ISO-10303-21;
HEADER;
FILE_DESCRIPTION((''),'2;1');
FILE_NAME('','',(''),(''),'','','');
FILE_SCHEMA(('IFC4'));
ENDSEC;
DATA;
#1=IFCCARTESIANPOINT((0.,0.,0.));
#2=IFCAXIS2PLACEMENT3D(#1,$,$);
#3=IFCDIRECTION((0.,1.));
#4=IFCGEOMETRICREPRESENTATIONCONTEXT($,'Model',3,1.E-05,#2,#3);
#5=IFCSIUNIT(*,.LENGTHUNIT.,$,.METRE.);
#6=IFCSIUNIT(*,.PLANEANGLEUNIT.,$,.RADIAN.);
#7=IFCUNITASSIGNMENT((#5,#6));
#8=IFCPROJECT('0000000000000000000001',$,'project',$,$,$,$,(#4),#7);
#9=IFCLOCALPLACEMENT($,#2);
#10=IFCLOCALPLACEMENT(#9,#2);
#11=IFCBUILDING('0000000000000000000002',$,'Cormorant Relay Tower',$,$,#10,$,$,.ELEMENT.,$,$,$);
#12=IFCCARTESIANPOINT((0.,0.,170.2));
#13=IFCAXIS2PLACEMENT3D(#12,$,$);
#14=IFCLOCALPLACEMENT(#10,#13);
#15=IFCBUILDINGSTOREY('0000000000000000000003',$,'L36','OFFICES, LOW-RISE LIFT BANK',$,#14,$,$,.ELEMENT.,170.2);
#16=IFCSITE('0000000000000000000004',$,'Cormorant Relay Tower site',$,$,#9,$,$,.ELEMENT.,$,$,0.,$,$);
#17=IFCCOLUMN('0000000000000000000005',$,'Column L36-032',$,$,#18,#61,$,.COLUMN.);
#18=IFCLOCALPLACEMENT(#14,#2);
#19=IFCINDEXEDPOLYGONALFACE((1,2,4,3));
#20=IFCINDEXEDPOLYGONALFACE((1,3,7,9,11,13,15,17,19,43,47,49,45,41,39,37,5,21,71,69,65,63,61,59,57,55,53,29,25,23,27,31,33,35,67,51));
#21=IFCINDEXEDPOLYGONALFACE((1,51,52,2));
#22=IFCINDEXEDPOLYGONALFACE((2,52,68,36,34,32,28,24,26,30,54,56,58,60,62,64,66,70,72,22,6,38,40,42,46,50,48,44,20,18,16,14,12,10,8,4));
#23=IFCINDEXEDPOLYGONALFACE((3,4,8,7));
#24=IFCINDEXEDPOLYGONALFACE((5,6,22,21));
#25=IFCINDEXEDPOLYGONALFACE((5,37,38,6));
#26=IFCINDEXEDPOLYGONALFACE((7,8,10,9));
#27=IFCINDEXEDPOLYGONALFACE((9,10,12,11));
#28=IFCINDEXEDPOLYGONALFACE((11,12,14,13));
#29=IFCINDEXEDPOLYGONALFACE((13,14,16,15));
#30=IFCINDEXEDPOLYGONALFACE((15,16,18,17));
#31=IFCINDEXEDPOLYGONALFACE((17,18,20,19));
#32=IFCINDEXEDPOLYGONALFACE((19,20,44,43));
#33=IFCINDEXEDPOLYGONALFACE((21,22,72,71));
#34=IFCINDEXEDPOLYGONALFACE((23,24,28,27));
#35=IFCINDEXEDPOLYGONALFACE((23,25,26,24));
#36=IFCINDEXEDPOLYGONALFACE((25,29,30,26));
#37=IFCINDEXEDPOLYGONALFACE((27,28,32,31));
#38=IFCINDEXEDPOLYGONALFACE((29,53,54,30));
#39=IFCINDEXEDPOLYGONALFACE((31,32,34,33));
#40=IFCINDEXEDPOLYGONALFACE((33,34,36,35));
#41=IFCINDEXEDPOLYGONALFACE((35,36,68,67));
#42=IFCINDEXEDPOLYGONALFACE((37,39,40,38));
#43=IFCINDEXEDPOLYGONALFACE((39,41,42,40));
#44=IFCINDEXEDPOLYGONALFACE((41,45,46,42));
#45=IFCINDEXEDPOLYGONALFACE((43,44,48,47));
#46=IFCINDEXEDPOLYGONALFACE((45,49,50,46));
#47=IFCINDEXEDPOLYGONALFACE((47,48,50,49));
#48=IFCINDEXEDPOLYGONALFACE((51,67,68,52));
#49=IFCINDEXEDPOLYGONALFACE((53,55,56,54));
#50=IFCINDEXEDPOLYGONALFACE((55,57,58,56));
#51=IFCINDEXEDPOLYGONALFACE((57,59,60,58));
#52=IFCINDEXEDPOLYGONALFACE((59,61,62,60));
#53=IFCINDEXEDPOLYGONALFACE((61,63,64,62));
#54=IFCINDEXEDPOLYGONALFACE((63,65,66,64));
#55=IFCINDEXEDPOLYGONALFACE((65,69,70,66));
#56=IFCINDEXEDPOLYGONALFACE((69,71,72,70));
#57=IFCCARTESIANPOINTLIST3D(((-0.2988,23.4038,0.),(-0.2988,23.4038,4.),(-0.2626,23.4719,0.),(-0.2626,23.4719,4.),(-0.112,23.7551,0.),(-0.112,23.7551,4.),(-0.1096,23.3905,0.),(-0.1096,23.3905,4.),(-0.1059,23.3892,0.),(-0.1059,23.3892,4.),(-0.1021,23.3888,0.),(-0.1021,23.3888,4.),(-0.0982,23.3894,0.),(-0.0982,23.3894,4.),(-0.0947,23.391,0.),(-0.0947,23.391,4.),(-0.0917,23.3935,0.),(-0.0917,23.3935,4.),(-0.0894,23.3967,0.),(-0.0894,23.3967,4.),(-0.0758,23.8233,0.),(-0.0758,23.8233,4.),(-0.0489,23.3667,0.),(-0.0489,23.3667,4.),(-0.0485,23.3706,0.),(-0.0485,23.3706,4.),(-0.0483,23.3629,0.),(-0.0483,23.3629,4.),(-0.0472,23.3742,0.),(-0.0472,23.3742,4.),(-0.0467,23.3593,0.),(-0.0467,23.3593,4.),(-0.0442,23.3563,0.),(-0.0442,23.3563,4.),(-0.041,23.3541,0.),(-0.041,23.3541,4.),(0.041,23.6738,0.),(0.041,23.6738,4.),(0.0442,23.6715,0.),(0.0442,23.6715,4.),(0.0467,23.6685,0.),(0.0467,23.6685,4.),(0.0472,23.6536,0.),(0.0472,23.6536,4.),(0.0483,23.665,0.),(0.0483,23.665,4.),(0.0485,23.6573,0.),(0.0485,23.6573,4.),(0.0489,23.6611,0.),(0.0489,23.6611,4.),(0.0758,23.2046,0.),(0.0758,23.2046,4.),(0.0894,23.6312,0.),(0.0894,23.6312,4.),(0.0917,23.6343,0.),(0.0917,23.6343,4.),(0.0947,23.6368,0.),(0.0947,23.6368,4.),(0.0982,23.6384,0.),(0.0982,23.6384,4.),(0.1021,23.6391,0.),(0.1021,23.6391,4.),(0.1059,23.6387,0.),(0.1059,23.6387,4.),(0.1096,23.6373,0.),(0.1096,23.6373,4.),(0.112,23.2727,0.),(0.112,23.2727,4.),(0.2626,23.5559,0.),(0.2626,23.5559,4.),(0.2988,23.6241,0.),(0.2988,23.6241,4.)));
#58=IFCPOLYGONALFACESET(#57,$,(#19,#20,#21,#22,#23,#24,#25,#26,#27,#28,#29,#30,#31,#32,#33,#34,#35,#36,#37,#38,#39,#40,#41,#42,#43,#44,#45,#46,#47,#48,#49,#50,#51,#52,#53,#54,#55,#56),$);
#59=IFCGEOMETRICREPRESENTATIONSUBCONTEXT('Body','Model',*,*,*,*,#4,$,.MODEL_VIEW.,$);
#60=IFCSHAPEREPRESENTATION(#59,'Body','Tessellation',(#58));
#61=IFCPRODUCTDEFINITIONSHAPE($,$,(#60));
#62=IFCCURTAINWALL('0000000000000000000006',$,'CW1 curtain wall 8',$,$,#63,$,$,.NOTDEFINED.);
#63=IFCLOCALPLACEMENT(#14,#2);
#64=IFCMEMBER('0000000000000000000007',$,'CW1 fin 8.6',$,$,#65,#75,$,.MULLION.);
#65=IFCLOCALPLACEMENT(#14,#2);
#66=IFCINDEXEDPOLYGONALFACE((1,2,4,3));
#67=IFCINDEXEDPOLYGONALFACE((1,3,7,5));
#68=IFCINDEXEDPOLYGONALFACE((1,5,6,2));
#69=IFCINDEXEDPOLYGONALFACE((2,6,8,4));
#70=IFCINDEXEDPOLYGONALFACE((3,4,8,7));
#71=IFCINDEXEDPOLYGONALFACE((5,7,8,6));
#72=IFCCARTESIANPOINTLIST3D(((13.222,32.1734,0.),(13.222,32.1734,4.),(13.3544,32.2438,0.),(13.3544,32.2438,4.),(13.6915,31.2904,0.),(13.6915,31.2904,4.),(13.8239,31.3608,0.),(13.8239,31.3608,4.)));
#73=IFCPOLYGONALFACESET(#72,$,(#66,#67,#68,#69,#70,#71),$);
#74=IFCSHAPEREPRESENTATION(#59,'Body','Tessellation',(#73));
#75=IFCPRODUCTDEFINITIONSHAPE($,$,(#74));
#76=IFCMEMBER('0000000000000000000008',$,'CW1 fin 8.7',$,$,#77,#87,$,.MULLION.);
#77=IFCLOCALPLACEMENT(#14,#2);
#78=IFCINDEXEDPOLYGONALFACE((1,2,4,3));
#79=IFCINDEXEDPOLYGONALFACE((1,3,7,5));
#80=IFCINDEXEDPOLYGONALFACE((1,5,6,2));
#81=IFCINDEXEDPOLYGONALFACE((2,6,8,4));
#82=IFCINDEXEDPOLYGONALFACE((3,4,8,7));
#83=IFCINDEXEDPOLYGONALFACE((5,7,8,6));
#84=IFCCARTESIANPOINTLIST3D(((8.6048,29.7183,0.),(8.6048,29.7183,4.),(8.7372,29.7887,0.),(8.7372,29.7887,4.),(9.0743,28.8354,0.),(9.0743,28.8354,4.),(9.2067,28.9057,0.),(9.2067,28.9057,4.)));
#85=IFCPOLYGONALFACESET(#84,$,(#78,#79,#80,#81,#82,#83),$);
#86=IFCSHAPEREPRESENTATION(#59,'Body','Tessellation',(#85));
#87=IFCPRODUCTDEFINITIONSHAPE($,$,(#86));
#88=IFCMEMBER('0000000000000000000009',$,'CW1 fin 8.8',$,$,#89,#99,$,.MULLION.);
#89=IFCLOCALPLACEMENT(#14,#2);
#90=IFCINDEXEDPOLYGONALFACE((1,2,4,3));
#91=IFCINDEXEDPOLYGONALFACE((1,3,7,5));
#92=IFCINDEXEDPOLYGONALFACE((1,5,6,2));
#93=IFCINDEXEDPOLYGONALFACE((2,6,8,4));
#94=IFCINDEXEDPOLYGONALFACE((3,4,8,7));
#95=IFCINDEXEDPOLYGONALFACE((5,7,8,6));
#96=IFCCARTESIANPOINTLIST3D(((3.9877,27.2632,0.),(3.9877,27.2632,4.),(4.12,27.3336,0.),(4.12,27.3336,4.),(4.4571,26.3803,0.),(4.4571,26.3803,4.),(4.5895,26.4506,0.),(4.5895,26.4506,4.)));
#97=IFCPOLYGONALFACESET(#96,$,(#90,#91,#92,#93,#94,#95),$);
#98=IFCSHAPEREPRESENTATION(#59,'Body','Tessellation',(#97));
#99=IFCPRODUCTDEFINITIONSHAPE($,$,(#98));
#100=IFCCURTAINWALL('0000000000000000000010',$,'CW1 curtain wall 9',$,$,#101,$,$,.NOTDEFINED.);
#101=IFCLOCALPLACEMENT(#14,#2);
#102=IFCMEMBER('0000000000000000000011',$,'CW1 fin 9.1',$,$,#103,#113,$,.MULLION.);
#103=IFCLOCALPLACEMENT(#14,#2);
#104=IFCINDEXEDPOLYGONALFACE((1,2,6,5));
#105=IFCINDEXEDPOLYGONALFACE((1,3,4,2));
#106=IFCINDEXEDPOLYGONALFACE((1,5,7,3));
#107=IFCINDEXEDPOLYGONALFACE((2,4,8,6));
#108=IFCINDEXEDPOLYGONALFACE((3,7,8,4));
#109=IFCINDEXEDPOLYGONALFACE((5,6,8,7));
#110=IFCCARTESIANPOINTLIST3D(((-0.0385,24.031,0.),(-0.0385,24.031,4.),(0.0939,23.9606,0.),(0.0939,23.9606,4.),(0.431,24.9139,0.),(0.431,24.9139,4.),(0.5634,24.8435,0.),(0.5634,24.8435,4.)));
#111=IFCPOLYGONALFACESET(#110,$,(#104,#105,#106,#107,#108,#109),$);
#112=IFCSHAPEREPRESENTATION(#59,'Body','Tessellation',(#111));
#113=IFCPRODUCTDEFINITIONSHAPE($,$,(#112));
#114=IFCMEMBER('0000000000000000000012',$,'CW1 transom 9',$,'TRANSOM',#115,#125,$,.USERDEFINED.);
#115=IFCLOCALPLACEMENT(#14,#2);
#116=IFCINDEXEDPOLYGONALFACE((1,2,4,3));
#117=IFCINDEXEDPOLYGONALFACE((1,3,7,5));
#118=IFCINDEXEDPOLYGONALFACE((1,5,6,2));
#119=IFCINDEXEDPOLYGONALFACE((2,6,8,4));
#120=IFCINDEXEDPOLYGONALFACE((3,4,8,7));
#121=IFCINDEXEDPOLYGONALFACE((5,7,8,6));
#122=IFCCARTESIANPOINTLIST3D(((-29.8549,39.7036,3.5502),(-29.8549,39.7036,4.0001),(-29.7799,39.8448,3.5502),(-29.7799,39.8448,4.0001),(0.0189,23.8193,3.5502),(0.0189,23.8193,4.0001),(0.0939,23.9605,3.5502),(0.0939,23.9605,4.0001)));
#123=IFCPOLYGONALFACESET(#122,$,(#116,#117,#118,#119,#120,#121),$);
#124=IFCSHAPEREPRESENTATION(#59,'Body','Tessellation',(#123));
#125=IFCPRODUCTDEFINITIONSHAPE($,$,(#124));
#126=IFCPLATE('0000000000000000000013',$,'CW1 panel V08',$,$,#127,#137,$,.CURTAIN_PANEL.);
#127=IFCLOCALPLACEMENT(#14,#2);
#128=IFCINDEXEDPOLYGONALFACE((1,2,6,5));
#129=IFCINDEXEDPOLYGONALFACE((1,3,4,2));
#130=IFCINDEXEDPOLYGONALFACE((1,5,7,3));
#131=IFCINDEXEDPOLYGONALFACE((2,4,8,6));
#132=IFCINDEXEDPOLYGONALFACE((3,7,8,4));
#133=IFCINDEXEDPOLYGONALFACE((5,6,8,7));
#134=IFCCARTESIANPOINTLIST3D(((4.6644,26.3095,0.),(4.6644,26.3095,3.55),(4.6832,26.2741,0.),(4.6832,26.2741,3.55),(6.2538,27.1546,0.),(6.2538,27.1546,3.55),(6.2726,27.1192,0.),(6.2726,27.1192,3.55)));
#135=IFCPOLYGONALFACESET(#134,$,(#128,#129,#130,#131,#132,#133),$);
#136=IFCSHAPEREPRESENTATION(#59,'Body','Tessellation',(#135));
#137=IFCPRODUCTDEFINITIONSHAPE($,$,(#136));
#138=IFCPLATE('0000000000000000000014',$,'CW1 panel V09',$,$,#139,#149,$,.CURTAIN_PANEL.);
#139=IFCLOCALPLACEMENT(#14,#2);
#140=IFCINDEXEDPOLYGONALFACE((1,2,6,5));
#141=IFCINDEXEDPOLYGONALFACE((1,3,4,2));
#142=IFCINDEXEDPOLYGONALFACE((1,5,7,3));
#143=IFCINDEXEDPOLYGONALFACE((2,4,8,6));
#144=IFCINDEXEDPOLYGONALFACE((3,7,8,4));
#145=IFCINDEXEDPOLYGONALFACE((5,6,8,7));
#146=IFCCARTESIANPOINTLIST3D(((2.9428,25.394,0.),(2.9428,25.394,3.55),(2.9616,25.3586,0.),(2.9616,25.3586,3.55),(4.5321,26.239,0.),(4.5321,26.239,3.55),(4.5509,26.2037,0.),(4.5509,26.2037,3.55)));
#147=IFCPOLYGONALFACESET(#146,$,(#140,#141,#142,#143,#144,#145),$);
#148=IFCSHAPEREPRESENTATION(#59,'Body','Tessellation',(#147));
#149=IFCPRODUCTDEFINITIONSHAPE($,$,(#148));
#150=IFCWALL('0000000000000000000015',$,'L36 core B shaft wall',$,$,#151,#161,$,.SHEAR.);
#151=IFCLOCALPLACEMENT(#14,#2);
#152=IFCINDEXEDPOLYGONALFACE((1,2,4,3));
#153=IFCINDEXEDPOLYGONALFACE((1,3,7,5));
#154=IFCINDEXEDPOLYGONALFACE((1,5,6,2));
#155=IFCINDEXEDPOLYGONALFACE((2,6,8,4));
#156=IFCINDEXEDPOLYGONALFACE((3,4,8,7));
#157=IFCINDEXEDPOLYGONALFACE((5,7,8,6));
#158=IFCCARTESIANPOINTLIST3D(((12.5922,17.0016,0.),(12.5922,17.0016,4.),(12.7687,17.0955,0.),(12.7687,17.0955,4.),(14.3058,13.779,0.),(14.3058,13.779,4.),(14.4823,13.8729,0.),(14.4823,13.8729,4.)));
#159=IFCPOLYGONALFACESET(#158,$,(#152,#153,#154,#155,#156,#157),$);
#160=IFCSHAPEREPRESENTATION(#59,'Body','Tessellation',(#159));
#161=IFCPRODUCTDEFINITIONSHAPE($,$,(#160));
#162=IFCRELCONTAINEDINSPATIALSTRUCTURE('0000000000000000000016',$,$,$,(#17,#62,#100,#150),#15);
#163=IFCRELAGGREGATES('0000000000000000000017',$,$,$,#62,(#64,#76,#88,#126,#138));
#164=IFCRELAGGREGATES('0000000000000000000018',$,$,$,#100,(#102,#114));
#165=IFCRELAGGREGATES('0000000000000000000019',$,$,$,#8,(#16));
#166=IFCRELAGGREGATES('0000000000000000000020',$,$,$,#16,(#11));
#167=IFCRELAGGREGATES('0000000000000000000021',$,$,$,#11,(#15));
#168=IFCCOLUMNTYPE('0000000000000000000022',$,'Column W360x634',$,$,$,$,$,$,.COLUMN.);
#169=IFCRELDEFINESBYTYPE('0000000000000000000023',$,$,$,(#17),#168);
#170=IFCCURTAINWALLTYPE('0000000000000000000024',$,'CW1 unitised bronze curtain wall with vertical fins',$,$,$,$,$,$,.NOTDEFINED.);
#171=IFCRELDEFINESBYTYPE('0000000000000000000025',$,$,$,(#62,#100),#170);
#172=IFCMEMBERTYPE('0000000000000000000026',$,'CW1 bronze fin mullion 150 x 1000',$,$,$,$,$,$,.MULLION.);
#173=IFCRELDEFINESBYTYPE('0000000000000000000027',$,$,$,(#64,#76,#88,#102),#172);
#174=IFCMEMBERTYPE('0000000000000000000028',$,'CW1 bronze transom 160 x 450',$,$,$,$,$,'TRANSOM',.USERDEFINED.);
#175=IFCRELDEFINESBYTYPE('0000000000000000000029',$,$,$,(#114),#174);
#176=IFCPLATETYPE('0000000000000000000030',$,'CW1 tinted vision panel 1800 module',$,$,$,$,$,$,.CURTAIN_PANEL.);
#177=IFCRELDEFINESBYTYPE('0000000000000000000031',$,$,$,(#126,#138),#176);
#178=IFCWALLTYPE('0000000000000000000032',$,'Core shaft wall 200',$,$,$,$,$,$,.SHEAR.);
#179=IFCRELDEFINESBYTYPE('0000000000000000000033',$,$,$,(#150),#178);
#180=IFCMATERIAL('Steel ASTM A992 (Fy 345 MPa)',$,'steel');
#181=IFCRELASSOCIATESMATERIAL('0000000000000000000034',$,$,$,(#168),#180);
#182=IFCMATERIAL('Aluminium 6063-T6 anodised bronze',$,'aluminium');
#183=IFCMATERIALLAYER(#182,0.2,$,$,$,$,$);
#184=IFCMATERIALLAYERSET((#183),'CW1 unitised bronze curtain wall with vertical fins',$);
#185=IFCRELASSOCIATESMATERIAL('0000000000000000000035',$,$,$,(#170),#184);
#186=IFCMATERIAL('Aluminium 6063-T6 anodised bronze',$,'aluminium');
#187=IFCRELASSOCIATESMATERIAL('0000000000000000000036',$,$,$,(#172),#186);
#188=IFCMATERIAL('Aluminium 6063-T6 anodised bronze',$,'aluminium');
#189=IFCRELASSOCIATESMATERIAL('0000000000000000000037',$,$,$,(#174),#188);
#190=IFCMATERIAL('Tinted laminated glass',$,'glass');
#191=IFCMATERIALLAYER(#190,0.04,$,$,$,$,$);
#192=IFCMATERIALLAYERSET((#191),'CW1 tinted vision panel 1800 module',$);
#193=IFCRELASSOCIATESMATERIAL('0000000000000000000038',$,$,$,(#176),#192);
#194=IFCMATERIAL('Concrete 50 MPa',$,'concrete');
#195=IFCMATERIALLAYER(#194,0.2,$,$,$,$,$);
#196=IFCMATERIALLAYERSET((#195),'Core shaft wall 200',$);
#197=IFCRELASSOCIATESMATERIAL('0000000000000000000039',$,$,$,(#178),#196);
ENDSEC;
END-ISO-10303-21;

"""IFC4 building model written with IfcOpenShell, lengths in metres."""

from ifc_helpers import new_model, si_unit, direction, frame, frame_2d, origin, origin_2d, place, context, subcontext, project, spatial, rectangle, i_section, extrude, material, layer, layer_set, material_profile, profile_set, type_object, element, aggregate, save


model = new_model("IFC4")

# Units and contexts
model_context = context("Model", 3, precision=1e-05, world=origin(), true_north=direction((0.0, 1.0)))
body_context = subcontext(model_context, "Body", "Model", "MODEL_VIEW")
ifc_project = project(units=[si_unit("LENGTHUNIT", "METRE"), si_unit("PLANEANGLEUNIT", "RADIAN")], contexts=[model_context])

# Site, building, storey
site_placement = place(None, origin())
site = spatial("IfcSite", under=ifc_project, at=site_placement, Name="Cormorant Relay Tower site", CompositionType="ELEMENT", RefElevation=0.0)
building_placement = place(site_placement, origin())
building = spatial("IfcBuilding", under=site, at=building_placement, Name="Cormorant Relay Tower", CompositionType="ELEMENT")
storey_placement = place(building_placement, frame((0.0, 0.0, 170.2)))
storey = spatial("IfcBuildingStorey", under=building, at=storey_placement, Name="L36", Description="OFFICES, LOW-RISE LIFT BANK", CompositionType="ELEMENT", Elevation=170.2)

# Column
ifc_material_1 = material(Name="Steel ASTM A992 (Fy 345 MPa)", Category="steel")
ifc_material_profile_1 = material_profile(ifc_material_1, i_section(OverallWidth=0.4243, OverallDepth=0.4751, WebThickness=0.0479, FlangeThickness=0.0771, FilletRadius=0.0149, at=origin_2d()), Name="W360x634")
ifc_profile_set_1 = profile_set([ifc_material_profile_1], Name="Steel ASTM A992 (Fy 345 MPa)")
column_type_1 = type_object("IfcColumnType", Name="Column W360x634", PredefinedType="COLUMN", material=ifc_profile_set_1)
column_1_placement = place(storey_placement, frame((0.0, 23.5139, 0.0), z_axis=(0.0, 0.0, 1.0), x_axis=(-0.882948, 0.469472, 0.0)))
element("IfcColumn", 1, at=column_1_placement, inside=storey, type_object=column_type_1, Name="Column L36-032", PredefinedType="COLUMN", context=body_context, shape_type="SweptSolid", body=[
    extrude(i_section(OverallWidth=0.4243, OverallDepth=0.4751, WebThickness=0.0479, FlangeThickness=0.0771, FilletRadius=0.0149, at=origin_2d()), origin(), (0.0, 0.0, 1.0), 4.0),
])

# Curtain walls, members
ifc_material_2 = material(Name="Aluminium 6063-T6 anodised bronze", Category="aluminium")
ifc_layer_1 = layer(ifc_material_2, 0.2)
ifc_layer_set_1 = layer_set([ifc_layer_1], Name="CW1 unitised bronze curtain wall with vertical fins")
curtain_wall_type = type_object("IfcCurtainWallType", Name="CW1 unitised bronze curtain wall with vertical fins", PredefinedType="NOTDEFINED", material=ifc_layer_set_1)
curtain_wall_1_placement = place(storey_placement, origin())
curtain_wall_1 = element("IfcCurtainWall", 2, at=curtain_wall_1_placement, inside=storey, type_object=curtain_wall_type, Name="CW1 curtain wall 8", PredefinedType="NOTDEFINED")
ifc_material_3 = material(Name="Aluminium 6063-T6 anodised bronze", Category="aluminium")
ifc_material_profile_2 = material_profile(ifc_material_3, rectangle(XDim=0.1499, YDim=1.0, at=origin_2d()), Name="AL 150x1000")
ifc_profile_set_2 = profile_set([ifc_material_profile_2], Name="Aluminium 6063-T6 anodised bronze")
member_type_1 = type_object("IfcMemberType", Name="CW1 bronze fin mullion 150 x 1000", PredefinedType="MULLION", material=ifc_profile_set_2)
member_1_placement = place(storey_placement, frame((13.5229, 31.7671, 0.0), z_axis=(0.0, 0.0, 1.0), x_axis=(-0.882948, -0.469472, 0.0)))
member_1 = element("IfcMember", 3, at=member_1_placement, type_object=member_type_1, Name="CW1 fin 8.6", PredefinedType="MULLION", context=body_context, shape_type="SweptSolid", body=[
    extrude(rectangle(XDim=0.1499, YDim=1.0, at=origin_2d()), origin(), (0.0, 0.0, 1.0), 4.0),
])
member_2_placement = place(storey_placement, frame((8.9058, 29.312, 0.0), z_axis=(0.0, 0.0, 1.0), x_axis=(-0.882948, -0.469472, 0.0)))
member_2 = element("IfcMember", 4, at=member_2_placement, type_object=member_type_1, Name="CW1 fin 8.7", PredefinedType="MULLION", context=body_context, shape_type="SweptSolid", body=[
    extrude(rectangle(XDim=0.1499, YDim=1.0, at=origin_2d()), origin(), (0.0, 0.0, 1.0), 4.0),
])
member_3_placement = place(storey_placement, frame((4.2886, 26.8569, 0.0), z_axis=(0.0, 0.0, 1.0), x_axis=(-0.882948, -0.469472, 0.0)))
member_3 = element("IfcMember", 5, at=member_3_placement, type_object=member_type_1, Name="CW1 fin 8.8", PredefinedType="MULLION", context=body_context, shape_type="SweptSolid", body=[
    extrude(rectangle(XDim=0.1499, YDim=1.0, at=origin_2d()), origin(), (0.0, 0.0, 1.0), 4.0),
])
curtain_wall_2_placement = place(storey_placement, origin())
curtain_wall_2 = element("IfcCurtainWall", 6, at=curtain_wall_2_placement, inside=storey, type_object=curtain_wall_type, Name="CW1 curtain wall 9", PredefinedType="NOTDEFINED")
member_4_placement = place(storey_placement, frame((0.2625, 24.4373, 0.0), z_axis=(0.0, 0.0, 1.0), x_axis=(-0.882948, 0.469472, 0.0)))
member_4 = element("IfcMember", 7, at=member_4_placement, type_object=member_type_1, Name="CW1 fin 9.1", PredefinedType="MULLION", context=body_context, shape_type="SweptSolid", body=[
    extrude(rectangle(XDim=0.1499, YDim=1.0, at=origin_2d()), origin(), (0.0, 0.0, 1.0), 4.0),
])
ifc_material_4 = material(Name="Aluminium 6063-T6 anodised bronze", Category="aluminium")
ifc_material_profile_3 = material_profile(ifc_material_4, rectangle(XDim=0.1599, YDim=0.45, at=origin_2d()), Name="AL 160x450")
ifc_profile_set_3 = profile_set([ifc_material_profile_3], Name="Aluminium 6063-T6 anodised bronze")
member_type_2 = type_object("IfcMemberType", Name="CW1 bronze transom 160 x 450", ElementType="TRANSOM", PredefinedType="USERDEFINED", material=ifc_profile_set_3)
member_5_placement = place(storey_placement, frame((0.0564, 23.8899, 3.7751), z_axis=(-0.882946, 0.469474, 0.0), x_axis=(-0.469474, -0.882946, 0.0)))
member_5 = element("IfcMember", 8, at=member_5_placement, type_object=member_type_2, Name="CW1 transom 9", ObjectType="TRANSOM", PredefinedType="USERDEFINED", context=body_context, shape_type="SweptSolid", body=[
    extrude(rectangle(XDim=0.1599, YDim=0.45, at=origin_2d()), origin(), (0.0, 0.0, 1.0), 33.8342),
])

# Plates
ifc_material_5 = material(Name="Tinted laminated glass", Category="glass")
ifc_layer_2 = layer(ifc_material_5, 0.04)
ifc_layer_set_2 = layer_set([ifc_layer_2], Name="CW1 tinted vision panel 1800 module")
plate_type = type_object("IfcPlateType", Name="CW1 tinted vision panel 1800 module", PredefinedType="CURTAIN_PANEL", material=ifc_layer_set_2)
plate_1_placement = place(storey_placement, frame((5.4685, 26.7144, 0.0), z_axis=(0.0, 0.0, 1.0), x_axis=(-0.882948, -0.469472, 0.0)))
plate_1 = element("IfcPlate", 9, at=plate_1_placement, type_object=plate_type, Name="CW1 panel V08", PredefinedType="CURTAIN_PANEL", context=body_context, shape_type="SweptSolid", body=[
    extrude(rectangle(XDim=1.8, YDim=0.04, at=origin_2d()), origin(), (0.0, 0.0, 1.0), 3.55),
])
plate_2_placement = place(storey_placement, frame((3.7468, 25.7988, 0.0), z_axis=(0.0, 0.0, 1.0), x_axis=(-0.882948, -0.469472, 0.0)))
plate_2 = element("IfcPlate", 10, at=plate_2_placement, type_object=plate_type, Name="CW1 panel V09", PredefinedType="CURTAIN_PANEL", context=body_context, shape_type="SweptSolid", body=[
    extrude(rectangle(XDim=1.8, YDim=0.04, at=origin_2d()), origin(), (0.0, 0.0, 1.0), 3.55),
])

# Wall
ifc_material_6 = material(Name="Concrete 50 MPa", Category="concrete")
ifc_layer_3 = layer(ifc_material_6, 0.2)
ifc_layer_set_3 = layer_set([ifc_layer_3], Name="Core shaft wall 200")
wall_type_1 = type_object("IfcWallType", Name="Core shaft wall 200", PredefinedType="SHEAR", material=ifc_layer_set_3)
wall_1_placement = place(storey_placement, frame((14.394, 13.8259, 0.0), z_axis=(0.0, 0.0, 1.0), x_axis=(-0.469494, 0.882936, 0.0)))
element("IfcWall", 11, at=wall_1_placement, inside=storey, type_object=wall_type_1, Name="L36 core B shaft wall", PredefinedType="SHEAR", context=body_context, shape_type="SweptSolid", body=[
    extrude(rectangle(XDim=3.6499, YDim=0.2, at=frame_2d((1.825, 0.0))), origin(), (0.0, 0.0, 1.0), 4.0),
])

aggregate(curtain_wall_1, [member_1, member_2, member_3, plate_1, plate_2])
aggregate(curtain_wall_2, [member_4, member_5])

save(model, "model.ifc")
